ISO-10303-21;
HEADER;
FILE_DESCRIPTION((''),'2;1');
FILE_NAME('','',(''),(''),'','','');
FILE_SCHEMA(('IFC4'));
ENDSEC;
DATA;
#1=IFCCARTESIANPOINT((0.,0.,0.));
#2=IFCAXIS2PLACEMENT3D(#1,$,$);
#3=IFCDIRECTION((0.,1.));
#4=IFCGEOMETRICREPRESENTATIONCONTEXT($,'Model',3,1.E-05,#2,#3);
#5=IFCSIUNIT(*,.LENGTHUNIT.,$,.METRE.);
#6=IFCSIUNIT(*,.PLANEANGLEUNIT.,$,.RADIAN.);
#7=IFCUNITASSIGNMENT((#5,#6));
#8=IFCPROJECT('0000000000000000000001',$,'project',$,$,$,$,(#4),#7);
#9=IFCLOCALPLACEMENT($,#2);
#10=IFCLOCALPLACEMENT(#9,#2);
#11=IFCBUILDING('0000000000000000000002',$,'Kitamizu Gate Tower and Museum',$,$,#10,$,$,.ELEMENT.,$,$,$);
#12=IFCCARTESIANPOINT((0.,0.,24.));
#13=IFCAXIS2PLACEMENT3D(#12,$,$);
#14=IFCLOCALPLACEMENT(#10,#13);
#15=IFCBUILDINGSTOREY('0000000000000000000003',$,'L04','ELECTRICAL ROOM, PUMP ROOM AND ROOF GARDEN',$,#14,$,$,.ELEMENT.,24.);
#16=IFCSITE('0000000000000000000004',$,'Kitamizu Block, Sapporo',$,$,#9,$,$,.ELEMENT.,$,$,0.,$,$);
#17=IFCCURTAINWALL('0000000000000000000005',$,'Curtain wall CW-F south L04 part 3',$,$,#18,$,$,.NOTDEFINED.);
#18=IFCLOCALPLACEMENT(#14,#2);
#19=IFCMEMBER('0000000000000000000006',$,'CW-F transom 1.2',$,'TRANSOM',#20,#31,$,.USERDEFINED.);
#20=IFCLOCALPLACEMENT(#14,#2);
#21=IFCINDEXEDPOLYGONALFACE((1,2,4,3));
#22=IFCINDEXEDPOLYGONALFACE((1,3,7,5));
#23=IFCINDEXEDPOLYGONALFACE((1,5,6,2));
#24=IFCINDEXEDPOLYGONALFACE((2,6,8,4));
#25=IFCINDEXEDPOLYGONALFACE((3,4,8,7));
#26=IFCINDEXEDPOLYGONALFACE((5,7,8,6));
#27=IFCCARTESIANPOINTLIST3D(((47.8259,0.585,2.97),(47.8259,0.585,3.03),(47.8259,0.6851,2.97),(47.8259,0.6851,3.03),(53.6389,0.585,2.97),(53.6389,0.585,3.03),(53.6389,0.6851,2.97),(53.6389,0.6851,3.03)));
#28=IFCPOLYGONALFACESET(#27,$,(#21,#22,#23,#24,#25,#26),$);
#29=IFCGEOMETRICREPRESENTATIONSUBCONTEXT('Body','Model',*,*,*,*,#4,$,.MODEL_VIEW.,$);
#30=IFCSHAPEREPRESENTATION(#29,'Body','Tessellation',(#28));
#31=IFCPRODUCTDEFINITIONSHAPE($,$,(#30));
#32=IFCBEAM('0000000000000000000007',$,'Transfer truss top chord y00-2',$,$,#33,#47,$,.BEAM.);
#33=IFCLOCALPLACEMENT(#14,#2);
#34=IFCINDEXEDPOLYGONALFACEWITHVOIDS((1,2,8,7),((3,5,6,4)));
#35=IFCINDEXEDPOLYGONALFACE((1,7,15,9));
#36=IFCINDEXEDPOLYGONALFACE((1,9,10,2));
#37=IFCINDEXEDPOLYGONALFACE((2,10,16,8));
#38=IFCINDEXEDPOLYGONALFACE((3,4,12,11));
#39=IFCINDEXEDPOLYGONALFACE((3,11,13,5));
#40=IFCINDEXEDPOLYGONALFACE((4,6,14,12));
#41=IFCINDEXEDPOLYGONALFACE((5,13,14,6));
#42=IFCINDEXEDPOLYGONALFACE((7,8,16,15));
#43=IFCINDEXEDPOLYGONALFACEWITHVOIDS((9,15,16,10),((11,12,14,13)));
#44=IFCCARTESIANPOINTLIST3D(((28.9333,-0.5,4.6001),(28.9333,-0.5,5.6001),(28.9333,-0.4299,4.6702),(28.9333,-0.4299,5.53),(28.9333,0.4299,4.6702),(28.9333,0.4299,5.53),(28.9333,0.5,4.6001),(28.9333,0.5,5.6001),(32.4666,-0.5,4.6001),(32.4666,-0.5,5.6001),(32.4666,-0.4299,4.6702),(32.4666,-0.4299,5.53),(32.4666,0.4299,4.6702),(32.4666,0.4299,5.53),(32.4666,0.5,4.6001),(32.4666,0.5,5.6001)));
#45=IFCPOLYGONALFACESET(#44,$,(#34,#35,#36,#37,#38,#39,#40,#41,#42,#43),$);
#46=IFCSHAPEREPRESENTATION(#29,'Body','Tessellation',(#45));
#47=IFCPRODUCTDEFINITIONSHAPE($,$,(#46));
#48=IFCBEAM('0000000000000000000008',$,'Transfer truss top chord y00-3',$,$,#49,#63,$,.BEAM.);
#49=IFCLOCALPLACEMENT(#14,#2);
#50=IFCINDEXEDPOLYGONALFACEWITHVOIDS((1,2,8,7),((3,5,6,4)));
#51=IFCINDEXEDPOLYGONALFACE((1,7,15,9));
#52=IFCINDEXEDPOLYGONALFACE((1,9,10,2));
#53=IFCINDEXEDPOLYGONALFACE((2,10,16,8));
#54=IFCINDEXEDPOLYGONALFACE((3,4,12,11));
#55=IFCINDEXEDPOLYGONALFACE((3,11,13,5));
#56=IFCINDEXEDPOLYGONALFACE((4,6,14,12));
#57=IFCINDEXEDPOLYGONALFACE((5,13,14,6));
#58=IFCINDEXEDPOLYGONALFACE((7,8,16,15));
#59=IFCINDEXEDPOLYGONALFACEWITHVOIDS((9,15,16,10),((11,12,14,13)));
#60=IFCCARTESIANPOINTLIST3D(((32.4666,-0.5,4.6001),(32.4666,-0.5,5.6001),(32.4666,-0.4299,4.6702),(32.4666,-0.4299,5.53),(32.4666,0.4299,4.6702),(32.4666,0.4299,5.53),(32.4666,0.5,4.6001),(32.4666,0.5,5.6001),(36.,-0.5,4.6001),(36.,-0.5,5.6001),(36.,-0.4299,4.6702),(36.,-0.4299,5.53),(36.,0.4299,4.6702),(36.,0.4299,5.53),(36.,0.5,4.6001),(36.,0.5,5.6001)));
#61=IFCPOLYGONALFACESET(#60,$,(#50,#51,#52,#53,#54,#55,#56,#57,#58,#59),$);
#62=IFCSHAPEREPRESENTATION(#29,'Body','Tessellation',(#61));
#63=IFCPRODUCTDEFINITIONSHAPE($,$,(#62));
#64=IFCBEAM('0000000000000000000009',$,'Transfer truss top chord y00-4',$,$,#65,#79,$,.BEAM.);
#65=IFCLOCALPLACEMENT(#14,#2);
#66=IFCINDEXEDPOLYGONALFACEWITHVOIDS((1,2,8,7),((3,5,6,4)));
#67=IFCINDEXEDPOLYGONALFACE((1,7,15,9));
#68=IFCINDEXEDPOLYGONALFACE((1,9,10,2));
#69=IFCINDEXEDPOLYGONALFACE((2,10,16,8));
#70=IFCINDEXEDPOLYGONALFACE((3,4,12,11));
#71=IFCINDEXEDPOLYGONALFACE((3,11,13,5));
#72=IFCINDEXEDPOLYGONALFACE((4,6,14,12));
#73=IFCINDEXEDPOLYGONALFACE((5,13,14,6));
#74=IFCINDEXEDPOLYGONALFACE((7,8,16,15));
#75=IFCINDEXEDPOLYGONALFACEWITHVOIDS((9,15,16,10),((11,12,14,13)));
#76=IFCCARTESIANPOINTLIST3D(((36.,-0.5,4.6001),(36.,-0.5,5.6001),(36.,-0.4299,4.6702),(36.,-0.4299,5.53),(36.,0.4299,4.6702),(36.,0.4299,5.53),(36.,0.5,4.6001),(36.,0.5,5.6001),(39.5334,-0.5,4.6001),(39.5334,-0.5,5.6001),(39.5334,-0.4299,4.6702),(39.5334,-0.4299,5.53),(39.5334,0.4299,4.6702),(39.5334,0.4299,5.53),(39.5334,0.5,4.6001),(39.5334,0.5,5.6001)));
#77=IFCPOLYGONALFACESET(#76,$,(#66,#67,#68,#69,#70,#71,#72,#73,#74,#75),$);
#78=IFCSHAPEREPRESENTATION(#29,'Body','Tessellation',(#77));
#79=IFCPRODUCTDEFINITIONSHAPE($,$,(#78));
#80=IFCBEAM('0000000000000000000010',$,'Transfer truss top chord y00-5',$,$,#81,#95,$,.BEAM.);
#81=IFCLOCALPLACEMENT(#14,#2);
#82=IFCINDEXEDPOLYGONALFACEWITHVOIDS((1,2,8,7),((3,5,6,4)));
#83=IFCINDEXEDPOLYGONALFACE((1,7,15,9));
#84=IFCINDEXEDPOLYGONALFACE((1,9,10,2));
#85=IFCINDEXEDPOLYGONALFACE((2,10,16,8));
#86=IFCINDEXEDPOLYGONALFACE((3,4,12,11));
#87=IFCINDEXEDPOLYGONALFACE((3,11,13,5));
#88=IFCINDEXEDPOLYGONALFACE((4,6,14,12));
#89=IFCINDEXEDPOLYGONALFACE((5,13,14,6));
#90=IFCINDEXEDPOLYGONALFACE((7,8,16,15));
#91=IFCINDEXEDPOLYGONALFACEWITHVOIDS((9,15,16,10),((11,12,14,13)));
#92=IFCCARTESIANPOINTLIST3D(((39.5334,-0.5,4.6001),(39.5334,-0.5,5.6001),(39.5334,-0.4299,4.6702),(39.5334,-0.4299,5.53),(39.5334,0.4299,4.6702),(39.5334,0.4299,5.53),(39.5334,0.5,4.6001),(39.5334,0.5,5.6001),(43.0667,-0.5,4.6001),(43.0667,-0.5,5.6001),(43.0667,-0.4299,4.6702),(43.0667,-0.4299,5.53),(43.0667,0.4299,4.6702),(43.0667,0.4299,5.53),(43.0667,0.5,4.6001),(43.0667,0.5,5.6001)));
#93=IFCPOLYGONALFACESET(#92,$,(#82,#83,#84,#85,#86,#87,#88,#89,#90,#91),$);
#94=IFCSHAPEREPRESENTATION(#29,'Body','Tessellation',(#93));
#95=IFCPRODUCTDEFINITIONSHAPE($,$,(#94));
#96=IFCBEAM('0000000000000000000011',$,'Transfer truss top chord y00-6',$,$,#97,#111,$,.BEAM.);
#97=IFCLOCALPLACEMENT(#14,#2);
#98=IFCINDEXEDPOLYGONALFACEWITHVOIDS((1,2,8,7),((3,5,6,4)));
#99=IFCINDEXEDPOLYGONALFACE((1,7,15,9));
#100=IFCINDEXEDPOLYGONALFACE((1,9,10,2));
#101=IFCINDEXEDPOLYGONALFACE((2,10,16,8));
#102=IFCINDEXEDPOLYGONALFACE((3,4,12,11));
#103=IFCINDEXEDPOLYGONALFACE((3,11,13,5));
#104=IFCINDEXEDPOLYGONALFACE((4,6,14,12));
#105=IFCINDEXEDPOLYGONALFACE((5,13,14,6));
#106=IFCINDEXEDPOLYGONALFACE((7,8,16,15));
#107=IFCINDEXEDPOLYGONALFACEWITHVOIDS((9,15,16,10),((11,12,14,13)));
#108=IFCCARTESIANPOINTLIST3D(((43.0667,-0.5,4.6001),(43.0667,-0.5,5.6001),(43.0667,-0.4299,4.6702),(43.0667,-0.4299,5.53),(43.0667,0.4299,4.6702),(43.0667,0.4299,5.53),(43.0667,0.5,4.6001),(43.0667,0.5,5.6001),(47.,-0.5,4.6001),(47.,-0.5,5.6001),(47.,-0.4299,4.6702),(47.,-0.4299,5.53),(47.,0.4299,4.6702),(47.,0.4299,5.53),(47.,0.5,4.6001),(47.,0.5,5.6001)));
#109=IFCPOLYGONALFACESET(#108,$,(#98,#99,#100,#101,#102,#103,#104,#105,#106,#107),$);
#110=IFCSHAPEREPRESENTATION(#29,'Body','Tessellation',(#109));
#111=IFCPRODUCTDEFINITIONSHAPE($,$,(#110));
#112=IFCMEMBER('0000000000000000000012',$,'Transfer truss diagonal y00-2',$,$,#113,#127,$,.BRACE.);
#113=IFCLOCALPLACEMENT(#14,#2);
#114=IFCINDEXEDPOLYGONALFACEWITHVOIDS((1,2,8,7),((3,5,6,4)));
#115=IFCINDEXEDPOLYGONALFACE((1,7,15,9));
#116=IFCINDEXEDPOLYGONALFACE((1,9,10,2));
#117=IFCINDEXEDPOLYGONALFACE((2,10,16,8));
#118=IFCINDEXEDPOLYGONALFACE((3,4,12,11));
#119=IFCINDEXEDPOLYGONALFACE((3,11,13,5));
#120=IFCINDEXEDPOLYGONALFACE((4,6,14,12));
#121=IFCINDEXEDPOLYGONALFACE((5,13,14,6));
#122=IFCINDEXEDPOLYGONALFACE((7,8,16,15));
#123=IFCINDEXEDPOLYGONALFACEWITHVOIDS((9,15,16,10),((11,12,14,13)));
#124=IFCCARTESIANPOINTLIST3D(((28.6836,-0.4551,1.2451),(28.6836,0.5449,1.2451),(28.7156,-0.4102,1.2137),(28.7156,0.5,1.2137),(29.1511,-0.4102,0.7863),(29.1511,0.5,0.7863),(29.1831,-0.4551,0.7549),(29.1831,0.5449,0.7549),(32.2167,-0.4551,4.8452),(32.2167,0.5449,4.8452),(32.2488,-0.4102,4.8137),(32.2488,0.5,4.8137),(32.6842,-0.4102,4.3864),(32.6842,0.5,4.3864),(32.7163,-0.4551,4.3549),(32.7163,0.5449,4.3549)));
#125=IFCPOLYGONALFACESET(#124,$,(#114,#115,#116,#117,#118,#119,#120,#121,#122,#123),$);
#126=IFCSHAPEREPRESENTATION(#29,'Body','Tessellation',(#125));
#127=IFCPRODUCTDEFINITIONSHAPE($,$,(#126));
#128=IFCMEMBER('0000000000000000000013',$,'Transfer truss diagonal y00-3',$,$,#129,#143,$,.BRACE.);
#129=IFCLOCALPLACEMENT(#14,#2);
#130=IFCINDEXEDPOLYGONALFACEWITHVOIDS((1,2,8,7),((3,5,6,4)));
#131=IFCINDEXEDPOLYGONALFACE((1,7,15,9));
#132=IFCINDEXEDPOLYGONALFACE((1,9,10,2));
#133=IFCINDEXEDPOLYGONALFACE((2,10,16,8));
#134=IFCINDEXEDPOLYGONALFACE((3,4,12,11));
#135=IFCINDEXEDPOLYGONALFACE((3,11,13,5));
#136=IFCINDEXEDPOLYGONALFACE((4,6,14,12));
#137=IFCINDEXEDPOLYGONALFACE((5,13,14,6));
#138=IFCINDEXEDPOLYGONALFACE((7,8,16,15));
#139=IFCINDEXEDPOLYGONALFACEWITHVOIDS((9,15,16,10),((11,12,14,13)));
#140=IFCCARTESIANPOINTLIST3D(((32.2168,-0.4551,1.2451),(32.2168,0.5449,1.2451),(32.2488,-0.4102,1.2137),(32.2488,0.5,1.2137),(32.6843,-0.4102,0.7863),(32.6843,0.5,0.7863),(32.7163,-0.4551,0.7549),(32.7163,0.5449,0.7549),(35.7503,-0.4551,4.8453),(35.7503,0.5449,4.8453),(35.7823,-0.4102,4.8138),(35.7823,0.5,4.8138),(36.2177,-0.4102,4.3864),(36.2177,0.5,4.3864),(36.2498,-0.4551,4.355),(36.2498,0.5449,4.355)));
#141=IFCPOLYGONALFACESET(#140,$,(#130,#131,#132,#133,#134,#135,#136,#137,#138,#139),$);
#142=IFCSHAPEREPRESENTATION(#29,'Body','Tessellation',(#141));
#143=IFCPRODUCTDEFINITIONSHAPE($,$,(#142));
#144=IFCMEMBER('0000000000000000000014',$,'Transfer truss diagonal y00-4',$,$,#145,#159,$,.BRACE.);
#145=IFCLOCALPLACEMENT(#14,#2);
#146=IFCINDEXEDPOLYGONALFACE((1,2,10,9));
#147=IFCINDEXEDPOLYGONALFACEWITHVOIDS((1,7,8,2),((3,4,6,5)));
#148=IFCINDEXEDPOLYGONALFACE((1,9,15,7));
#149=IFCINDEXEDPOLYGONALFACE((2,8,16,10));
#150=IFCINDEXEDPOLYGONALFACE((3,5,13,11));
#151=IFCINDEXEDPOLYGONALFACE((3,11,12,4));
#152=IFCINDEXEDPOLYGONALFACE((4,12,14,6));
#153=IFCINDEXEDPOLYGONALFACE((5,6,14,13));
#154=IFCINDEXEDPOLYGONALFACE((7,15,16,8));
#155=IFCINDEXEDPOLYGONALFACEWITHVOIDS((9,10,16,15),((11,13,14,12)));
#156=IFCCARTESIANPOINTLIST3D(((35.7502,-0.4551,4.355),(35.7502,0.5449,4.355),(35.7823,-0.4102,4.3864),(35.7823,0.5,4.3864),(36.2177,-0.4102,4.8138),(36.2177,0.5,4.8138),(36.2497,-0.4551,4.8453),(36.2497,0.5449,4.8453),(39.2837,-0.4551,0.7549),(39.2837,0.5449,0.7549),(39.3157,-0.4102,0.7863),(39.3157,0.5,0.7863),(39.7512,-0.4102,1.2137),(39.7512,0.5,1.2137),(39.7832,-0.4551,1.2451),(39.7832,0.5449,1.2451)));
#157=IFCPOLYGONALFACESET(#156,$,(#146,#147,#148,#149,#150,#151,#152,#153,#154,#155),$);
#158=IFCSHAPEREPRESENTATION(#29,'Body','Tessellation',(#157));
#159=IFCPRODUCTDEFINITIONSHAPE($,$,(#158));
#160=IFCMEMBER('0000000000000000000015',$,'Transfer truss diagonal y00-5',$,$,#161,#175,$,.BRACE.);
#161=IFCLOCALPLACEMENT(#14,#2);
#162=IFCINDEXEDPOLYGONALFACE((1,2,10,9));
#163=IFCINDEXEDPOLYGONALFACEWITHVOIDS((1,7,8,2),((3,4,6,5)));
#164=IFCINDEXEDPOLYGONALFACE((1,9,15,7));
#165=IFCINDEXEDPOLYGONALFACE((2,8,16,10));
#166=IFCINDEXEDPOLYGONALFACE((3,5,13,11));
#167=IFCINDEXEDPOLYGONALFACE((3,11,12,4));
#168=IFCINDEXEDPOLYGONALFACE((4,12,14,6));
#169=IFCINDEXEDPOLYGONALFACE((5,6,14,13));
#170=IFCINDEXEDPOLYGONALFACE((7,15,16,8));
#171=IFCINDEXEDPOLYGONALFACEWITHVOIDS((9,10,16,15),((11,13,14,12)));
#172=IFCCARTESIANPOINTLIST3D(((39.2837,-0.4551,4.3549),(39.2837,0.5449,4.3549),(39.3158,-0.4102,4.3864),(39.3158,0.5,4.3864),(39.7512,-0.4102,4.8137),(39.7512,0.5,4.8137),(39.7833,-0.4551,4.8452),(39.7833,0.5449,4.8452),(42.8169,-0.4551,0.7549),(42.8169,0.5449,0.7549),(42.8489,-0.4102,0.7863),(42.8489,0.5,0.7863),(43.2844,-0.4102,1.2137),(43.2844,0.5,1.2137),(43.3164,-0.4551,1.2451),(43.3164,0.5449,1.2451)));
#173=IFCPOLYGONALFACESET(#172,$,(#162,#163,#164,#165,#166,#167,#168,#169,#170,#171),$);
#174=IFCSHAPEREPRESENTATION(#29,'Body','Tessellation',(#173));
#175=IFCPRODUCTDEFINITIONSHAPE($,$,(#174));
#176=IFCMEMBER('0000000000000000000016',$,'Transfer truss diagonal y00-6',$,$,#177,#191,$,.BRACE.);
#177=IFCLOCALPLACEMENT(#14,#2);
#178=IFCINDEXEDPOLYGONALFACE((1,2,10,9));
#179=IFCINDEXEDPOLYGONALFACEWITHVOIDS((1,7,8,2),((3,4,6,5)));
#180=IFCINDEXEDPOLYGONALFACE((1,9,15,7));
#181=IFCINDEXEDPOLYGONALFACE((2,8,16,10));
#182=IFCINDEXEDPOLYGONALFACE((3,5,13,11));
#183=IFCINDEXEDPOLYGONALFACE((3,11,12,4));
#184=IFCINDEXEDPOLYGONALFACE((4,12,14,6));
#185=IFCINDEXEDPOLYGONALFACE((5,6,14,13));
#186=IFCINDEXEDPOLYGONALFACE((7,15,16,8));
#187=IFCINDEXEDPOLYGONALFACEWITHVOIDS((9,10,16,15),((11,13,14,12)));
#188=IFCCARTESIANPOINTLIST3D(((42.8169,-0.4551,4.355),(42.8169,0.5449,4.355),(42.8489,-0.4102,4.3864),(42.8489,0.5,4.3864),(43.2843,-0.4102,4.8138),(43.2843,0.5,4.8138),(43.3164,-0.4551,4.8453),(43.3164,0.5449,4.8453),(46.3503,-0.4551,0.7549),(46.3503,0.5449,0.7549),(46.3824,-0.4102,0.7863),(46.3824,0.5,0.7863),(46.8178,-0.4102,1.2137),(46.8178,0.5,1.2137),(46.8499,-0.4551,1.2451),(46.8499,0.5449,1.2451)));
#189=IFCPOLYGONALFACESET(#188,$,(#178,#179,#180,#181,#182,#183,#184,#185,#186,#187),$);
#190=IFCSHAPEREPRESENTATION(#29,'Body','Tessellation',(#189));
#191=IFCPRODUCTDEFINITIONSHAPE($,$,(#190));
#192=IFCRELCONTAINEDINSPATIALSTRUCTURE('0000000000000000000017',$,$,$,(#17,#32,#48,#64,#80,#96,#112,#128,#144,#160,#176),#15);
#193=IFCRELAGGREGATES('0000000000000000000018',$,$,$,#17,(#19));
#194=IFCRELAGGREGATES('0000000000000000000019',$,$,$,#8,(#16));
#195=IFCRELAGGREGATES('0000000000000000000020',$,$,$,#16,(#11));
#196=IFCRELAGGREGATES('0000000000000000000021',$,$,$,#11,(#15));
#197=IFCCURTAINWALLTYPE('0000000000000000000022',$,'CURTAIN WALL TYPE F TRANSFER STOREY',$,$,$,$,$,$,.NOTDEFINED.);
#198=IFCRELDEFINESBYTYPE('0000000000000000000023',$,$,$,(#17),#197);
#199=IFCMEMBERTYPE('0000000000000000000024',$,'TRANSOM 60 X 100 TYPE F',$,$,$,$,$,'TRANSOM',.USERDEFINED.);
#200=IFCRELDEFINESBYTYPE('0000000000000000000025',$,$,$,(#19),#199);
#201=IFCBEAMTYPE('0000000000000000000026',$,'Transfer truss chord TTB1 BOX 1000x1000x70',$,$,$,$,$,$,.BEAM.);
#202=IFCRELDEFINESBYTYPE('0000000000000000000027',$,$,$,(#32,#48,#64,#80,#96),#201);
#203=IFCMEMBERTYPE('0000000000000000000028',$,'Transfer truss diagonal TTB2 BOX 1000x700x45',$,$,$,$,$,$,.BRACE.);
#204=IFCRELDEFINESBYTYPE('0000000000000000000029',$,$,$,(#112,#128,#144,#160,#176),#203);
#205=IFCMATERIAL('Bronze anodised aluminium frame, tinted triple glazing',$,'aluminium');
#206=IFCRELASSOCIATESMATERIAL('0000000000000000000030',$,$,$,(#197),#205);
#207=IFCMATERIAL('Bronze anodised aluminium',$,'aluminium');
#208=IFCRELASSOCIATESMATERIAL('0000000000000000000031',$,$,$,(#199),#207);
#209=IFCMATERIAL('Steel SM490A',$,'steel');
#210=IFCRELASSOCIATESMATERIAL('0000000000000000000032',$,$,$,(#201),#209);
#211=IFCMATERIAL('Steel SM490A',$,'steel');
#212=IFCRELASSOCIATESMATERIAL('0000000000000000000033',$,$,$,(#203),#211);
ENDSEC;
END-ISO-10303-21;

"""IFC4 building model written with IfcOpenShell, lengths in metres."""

from ifc_helpers import new_model, si_unit, direction, frame, origin, origin_2d, place, context, subcontext, project, spatial, rectangle, hollow_rectangle, extrude, material, material_profile, profile_set, type_object, element, aggregate, save


model = new_model("IFC4")

# Units and contexts
model_context = context("Model", 3, precision=1e-05, world=origin(), true_north=direction((0.0, 1.0)))
body_context = subcontext(model_context, "Body", "Model", "MODEL_VIEW")
ifc_project = project(units=[si_unit("LENGTHUNIT", "METRE"), si_unit("PLANEANGLEUNIT", "RADIAN")], contexts=[model_context])

# Site, building, storey
site_placement = place(None, origin())
site = spatial("IfcSite", under=ifc_project, at=site_placement, Name="Kitamizu Block, Sapporo", CompositionType="ELEMENT", RefElevation=0.0)
building_placement = place(site_placement, origin())
building = spatial("IfcBuilding", under=site, at=building_placement, Name="Kitamizu Gate Tower and Museum", CompositionType="ELEMENT")
storey_placement = place(building_placement, frame((0.0, 0.0, 24.0)))
storey = spatial("IfcBuildingStorey", under=building, at=storey_placement, Name="L04", Description="ELECTRICAL ROOM, PUMP ROOM AND ROOF GARDEN", CompositionType="ELEMENT", Elevation=24.0)

# Curtain wall
ifc_material_1 = material(Name="Bronze anodised aluminium frame, tinted triple glazing", Category="aluminium")
curtain_wall_type_1 = type_object("IfcCurtainWallType", Name="CURTAIN WALL TYPE F TRANSFER STOREY", PredefinedType="NOTDEFINED", material=ifc_material_1)
curtain_wall_1_placement = place(storey_placement, origin())
curtain_wall_1 = element("IfcCurtainWall", 1, at=curtain_wall_1_placement, inside=storey, type_object=curtain_wall_type_1, Name="Curtain wall CW-F south L04 part 3", PredefinedType="NOTDEFINED")

# Member
ifc_material_2 = material(Name="Bronze anodised aluminium", Category="aluminium")
ifc_material_profile_1 = material_profile(ifc_material_2, rectangle(XDim=0.1001, YDim=0.0601, at=origin_2d()), Name="AL 60X100")
ifc_profile_set_1 = profile_set([ifc_material_profile_1], Name="Bronze anodised aluminium")
member_type_1 = type_object("IfcMemberType", Name="TRANSOM 60 X 100 TYPE F", ElementType="TRANSOM", PredefinedType="USERDEFINED", material=ifc_profile_set_1)
member_1_placement = place(storey_placement, frame((47.8259, 0.635, 3.0), z_axis=(1.0, 0.0, 0.0), x_axis=(0.0, 1.0, 0.0)))
member_1 = element("IfcMember", 2, at=member_1_placement, type_object=member_type_1, Name="CW-F transom 1.2", ObjectType="TRANSOM", PredefinedType="USERDEFINED", context=body_context, shape_type="SweptSolid", body=[
    extrude(rectangle(XDim=0.1001, YDim=0.0601, at=origin_2d()), origin(), (0.0, 0.0, 1.0), 5.813),
])
aggregate(curtain_wall_1, [member_1])

# Beams
ifc_material_3 = material(Name="Steel SM490A", Category="steel")
ifc_material_profile_2 = material_profile(ifc_material_3, hollow_rectangle(XDim=1.0, YDim=1.0, WallThickness=0.0701, at=origin_2d()), Name="BOX 1000x1000x70")
ifc_profile_set_2 = profile_set([ifc_material_profile_2], Name="Steel SM490A")
beam_type = type_object("IfcBeamType", Name="Transfer truss chord TTB1 BOX 1000x1000x70", PredefinedType="BEAM", material=ifc_profile_set_2)
beam_1_placement = place(storey_placement, frame((28.9333, 0.0, 5.1001), z_axis=(1.0, 0.0, 0.0), x_axis=(0.0, 1.0, 0.0)))
element("IfcBeam", 3, at=beam_1_placement, inside=storey, type_object=beam_type, Name="Transfer truss top chord y00-2", PredefinedType="BEAM", context=body_context, shape_type="SweptSolid", body=[
    extrude(hollow_rectangle(XDim=1.0, YDim=1.0, WallThickness=0.0701, at=origin_2d()), origin(), (0.0, 0.0, 1.0), 3.5332),
])
for number, where, z_axis, x_axis, name in (
    (4, (32.4666, 0.0, 5.1001), (1.0, 0.0, 0.0), (0.0, 1.0, 0.0), "Transfer truss top chord y00-3"),
    (5, (36.0, 0.0, 5.1001), (1.0, 0.0, 0.0), (0.0, 1.0, 0.0), "Transfer truss top chord y00-4"),
):
    element("IfcBeam", number, at=place(storey_placement, frame(where, z_axis=z_axis, x_axis=x_axis)), inside=storey, type_object=beam_type, Name=name, PredefinedType="BEAM", context=body_context, shape_type="SweptSolid", body=[
        extrude(hollow_rectangle(XDim=1.0, YDim=1.0, WallThickness=0.0701, at=origin_2d()), origin(), (0.0, 0.0, 1.0), 3.5334),
    ])
beam_2_placement = place(storey_placement, frame((39.5334, 0.0, 5.1001), z_axis=(1.0, 0.0, 0.0), x_axis=(0.0, 1.0, 0.0)))
element("IfcBeam", 6, at=beam_2_placement, inside=storey, type_object=beam_type, Name="Transfer truss top chord y00-5", PredefinedType="BEAM", context=body_context, shape_type="SweptSolid", body=[
    extrude(hollow_rectangle(XDim=1.0, YDim=1.0, WallThickness=0.0701, at=origin_2d()), origin(), (0.0, 0.0, 1.0), 3.5332),
])
beam_3_placement = place(storey_placement, frame((43.0667, 0.0, 5.1001), z_axis=(1.0, 0.0, 0.0), x_axis=(0.0, 1.0, 0.0)))
element("IfcBeam", 7, at=beam_3_placement, inside=storey, type_object=beam_type, Name="Transfer truss top chord y00-6", PredefinedType="BEAM", context=body_context, shape_type="SweptSolid", body=[
    extrude(hollow_rectangle(XDim=1.0, YDim=1.0, WallThickness=0.0701, at=origin_2d()), origin(), (0.0, 0.0, 1.0), 3.9333),
])

# Members
ifc_material_4 = material(Name="Steel SM490A", Category="steel")
ifc_material_profile_3 = material_profile(ifc_material_4, hollow_rectangle(XDim=1.0, YDim=0.7, WallThickness=0.0449, at=origin_2d()), Name="BOX 1000x700x45")
ifc_profile_set_3 = profile_set([ifc_material_profile_3], Name="Steel SM490A")
member_type_2 = type_object("IfcMemberType", Name="Transfer truss diagonal TTB2 BOX 1000x700x45", PredefinedType="BRACE", material=ifc_profile_set_3)
member_2_placement = place(storey_placement, frame((28.9333, 0.0449, 1.0), z_axis=(0.700445, 0.0, 0.713706), x_axis=(0.0, 1.0, 0.0)))
element("IfcMember", 8, at=member_2_placement, inside=storey, type_object=member_type_2, Name="Transfer truss diagonal y00-2", PredefinedType="BRACE", context=body_context, shape_type="SweptSolid", body=[
    extrude(hollow_rectangle(XDim=1.0, YDim=0.7, WallThickness=0.0449, at=origin_2d()), origin(), (0.0, 0.0, 1.0), 5.0442),
])
for number, where, z_axis, x_axis, name in (
    (9, (32.4666, 0.0449, 1.0), (0.70047, 0.0, 0.713682), (0.0, 1.0, 0.0), "Transfer truss diagonal y00-3"),
    (10, (39.5334, 0.0449, 1.0), (-0.70047, 0.0, 0.713682), (0.0, -1.0, 0.0), "Transfer truss diagonal y00-4"),
):
    element("IfcMember", number, at=place(storey_placement, frame(where, z_axis=z_axis, x_axis=x_axis)), inside=storey, type_object=member_type_2, Name=name, PredefinedType="BRACE", context=body_context, shape_type="SweptSolid", body=[
        extrude(hollow_rectangle(XDim=1.0, YDim=0.7, WallThickness=0.0449, at=origin_2d()), origin(), (0.0, 0.0, 1.0), 5.0444),
    ])
member_3_placement = place(storey_placement, frame((43.0667, 0.0449, 1.0), z_axis=(-0.700445, 0.0, 0.713706), x_axis=(0.0, -1.0, 0.0)))
element("IfcMember", 11, at=member_3_placement, inside=storey, type_object=member_type_2, Name="Transfer truss diagonal y00-5", PredefinedType="BRACE", context=body_context, shape_type="SweptSolid", body=[
    extrude(hollow_rectangle(XDim=1.0, YDim=0.7, WallThickness=0.0449, at=origin_2d()), origin(), (0.0, 0.0, 1.0), 5.0442),
])
member_4_placement = place(storey_placement, frame((46.6001, 0.0449, 1.0), z_axis=(-0.70047, 0.0, 0.713682), x_axis=(0.0, -1.0, 0.0)))
element("IfcMember", 12, at=member_4_placement, inside=storey, type_object=member_type_2, Name="Transfer truss diagonal y00-6", PredefinedType="BRACE", context=body_context, shape_type="SweptSolid", body=[
    extrude(hollow_rectangle(XDim=1.0, YDim=0.7, WallThickness=0.0449, at=origin_2d()), origin(), (0.0, 0.0, 1.0), 5.0444),
])

save(model, "model.ifc")
